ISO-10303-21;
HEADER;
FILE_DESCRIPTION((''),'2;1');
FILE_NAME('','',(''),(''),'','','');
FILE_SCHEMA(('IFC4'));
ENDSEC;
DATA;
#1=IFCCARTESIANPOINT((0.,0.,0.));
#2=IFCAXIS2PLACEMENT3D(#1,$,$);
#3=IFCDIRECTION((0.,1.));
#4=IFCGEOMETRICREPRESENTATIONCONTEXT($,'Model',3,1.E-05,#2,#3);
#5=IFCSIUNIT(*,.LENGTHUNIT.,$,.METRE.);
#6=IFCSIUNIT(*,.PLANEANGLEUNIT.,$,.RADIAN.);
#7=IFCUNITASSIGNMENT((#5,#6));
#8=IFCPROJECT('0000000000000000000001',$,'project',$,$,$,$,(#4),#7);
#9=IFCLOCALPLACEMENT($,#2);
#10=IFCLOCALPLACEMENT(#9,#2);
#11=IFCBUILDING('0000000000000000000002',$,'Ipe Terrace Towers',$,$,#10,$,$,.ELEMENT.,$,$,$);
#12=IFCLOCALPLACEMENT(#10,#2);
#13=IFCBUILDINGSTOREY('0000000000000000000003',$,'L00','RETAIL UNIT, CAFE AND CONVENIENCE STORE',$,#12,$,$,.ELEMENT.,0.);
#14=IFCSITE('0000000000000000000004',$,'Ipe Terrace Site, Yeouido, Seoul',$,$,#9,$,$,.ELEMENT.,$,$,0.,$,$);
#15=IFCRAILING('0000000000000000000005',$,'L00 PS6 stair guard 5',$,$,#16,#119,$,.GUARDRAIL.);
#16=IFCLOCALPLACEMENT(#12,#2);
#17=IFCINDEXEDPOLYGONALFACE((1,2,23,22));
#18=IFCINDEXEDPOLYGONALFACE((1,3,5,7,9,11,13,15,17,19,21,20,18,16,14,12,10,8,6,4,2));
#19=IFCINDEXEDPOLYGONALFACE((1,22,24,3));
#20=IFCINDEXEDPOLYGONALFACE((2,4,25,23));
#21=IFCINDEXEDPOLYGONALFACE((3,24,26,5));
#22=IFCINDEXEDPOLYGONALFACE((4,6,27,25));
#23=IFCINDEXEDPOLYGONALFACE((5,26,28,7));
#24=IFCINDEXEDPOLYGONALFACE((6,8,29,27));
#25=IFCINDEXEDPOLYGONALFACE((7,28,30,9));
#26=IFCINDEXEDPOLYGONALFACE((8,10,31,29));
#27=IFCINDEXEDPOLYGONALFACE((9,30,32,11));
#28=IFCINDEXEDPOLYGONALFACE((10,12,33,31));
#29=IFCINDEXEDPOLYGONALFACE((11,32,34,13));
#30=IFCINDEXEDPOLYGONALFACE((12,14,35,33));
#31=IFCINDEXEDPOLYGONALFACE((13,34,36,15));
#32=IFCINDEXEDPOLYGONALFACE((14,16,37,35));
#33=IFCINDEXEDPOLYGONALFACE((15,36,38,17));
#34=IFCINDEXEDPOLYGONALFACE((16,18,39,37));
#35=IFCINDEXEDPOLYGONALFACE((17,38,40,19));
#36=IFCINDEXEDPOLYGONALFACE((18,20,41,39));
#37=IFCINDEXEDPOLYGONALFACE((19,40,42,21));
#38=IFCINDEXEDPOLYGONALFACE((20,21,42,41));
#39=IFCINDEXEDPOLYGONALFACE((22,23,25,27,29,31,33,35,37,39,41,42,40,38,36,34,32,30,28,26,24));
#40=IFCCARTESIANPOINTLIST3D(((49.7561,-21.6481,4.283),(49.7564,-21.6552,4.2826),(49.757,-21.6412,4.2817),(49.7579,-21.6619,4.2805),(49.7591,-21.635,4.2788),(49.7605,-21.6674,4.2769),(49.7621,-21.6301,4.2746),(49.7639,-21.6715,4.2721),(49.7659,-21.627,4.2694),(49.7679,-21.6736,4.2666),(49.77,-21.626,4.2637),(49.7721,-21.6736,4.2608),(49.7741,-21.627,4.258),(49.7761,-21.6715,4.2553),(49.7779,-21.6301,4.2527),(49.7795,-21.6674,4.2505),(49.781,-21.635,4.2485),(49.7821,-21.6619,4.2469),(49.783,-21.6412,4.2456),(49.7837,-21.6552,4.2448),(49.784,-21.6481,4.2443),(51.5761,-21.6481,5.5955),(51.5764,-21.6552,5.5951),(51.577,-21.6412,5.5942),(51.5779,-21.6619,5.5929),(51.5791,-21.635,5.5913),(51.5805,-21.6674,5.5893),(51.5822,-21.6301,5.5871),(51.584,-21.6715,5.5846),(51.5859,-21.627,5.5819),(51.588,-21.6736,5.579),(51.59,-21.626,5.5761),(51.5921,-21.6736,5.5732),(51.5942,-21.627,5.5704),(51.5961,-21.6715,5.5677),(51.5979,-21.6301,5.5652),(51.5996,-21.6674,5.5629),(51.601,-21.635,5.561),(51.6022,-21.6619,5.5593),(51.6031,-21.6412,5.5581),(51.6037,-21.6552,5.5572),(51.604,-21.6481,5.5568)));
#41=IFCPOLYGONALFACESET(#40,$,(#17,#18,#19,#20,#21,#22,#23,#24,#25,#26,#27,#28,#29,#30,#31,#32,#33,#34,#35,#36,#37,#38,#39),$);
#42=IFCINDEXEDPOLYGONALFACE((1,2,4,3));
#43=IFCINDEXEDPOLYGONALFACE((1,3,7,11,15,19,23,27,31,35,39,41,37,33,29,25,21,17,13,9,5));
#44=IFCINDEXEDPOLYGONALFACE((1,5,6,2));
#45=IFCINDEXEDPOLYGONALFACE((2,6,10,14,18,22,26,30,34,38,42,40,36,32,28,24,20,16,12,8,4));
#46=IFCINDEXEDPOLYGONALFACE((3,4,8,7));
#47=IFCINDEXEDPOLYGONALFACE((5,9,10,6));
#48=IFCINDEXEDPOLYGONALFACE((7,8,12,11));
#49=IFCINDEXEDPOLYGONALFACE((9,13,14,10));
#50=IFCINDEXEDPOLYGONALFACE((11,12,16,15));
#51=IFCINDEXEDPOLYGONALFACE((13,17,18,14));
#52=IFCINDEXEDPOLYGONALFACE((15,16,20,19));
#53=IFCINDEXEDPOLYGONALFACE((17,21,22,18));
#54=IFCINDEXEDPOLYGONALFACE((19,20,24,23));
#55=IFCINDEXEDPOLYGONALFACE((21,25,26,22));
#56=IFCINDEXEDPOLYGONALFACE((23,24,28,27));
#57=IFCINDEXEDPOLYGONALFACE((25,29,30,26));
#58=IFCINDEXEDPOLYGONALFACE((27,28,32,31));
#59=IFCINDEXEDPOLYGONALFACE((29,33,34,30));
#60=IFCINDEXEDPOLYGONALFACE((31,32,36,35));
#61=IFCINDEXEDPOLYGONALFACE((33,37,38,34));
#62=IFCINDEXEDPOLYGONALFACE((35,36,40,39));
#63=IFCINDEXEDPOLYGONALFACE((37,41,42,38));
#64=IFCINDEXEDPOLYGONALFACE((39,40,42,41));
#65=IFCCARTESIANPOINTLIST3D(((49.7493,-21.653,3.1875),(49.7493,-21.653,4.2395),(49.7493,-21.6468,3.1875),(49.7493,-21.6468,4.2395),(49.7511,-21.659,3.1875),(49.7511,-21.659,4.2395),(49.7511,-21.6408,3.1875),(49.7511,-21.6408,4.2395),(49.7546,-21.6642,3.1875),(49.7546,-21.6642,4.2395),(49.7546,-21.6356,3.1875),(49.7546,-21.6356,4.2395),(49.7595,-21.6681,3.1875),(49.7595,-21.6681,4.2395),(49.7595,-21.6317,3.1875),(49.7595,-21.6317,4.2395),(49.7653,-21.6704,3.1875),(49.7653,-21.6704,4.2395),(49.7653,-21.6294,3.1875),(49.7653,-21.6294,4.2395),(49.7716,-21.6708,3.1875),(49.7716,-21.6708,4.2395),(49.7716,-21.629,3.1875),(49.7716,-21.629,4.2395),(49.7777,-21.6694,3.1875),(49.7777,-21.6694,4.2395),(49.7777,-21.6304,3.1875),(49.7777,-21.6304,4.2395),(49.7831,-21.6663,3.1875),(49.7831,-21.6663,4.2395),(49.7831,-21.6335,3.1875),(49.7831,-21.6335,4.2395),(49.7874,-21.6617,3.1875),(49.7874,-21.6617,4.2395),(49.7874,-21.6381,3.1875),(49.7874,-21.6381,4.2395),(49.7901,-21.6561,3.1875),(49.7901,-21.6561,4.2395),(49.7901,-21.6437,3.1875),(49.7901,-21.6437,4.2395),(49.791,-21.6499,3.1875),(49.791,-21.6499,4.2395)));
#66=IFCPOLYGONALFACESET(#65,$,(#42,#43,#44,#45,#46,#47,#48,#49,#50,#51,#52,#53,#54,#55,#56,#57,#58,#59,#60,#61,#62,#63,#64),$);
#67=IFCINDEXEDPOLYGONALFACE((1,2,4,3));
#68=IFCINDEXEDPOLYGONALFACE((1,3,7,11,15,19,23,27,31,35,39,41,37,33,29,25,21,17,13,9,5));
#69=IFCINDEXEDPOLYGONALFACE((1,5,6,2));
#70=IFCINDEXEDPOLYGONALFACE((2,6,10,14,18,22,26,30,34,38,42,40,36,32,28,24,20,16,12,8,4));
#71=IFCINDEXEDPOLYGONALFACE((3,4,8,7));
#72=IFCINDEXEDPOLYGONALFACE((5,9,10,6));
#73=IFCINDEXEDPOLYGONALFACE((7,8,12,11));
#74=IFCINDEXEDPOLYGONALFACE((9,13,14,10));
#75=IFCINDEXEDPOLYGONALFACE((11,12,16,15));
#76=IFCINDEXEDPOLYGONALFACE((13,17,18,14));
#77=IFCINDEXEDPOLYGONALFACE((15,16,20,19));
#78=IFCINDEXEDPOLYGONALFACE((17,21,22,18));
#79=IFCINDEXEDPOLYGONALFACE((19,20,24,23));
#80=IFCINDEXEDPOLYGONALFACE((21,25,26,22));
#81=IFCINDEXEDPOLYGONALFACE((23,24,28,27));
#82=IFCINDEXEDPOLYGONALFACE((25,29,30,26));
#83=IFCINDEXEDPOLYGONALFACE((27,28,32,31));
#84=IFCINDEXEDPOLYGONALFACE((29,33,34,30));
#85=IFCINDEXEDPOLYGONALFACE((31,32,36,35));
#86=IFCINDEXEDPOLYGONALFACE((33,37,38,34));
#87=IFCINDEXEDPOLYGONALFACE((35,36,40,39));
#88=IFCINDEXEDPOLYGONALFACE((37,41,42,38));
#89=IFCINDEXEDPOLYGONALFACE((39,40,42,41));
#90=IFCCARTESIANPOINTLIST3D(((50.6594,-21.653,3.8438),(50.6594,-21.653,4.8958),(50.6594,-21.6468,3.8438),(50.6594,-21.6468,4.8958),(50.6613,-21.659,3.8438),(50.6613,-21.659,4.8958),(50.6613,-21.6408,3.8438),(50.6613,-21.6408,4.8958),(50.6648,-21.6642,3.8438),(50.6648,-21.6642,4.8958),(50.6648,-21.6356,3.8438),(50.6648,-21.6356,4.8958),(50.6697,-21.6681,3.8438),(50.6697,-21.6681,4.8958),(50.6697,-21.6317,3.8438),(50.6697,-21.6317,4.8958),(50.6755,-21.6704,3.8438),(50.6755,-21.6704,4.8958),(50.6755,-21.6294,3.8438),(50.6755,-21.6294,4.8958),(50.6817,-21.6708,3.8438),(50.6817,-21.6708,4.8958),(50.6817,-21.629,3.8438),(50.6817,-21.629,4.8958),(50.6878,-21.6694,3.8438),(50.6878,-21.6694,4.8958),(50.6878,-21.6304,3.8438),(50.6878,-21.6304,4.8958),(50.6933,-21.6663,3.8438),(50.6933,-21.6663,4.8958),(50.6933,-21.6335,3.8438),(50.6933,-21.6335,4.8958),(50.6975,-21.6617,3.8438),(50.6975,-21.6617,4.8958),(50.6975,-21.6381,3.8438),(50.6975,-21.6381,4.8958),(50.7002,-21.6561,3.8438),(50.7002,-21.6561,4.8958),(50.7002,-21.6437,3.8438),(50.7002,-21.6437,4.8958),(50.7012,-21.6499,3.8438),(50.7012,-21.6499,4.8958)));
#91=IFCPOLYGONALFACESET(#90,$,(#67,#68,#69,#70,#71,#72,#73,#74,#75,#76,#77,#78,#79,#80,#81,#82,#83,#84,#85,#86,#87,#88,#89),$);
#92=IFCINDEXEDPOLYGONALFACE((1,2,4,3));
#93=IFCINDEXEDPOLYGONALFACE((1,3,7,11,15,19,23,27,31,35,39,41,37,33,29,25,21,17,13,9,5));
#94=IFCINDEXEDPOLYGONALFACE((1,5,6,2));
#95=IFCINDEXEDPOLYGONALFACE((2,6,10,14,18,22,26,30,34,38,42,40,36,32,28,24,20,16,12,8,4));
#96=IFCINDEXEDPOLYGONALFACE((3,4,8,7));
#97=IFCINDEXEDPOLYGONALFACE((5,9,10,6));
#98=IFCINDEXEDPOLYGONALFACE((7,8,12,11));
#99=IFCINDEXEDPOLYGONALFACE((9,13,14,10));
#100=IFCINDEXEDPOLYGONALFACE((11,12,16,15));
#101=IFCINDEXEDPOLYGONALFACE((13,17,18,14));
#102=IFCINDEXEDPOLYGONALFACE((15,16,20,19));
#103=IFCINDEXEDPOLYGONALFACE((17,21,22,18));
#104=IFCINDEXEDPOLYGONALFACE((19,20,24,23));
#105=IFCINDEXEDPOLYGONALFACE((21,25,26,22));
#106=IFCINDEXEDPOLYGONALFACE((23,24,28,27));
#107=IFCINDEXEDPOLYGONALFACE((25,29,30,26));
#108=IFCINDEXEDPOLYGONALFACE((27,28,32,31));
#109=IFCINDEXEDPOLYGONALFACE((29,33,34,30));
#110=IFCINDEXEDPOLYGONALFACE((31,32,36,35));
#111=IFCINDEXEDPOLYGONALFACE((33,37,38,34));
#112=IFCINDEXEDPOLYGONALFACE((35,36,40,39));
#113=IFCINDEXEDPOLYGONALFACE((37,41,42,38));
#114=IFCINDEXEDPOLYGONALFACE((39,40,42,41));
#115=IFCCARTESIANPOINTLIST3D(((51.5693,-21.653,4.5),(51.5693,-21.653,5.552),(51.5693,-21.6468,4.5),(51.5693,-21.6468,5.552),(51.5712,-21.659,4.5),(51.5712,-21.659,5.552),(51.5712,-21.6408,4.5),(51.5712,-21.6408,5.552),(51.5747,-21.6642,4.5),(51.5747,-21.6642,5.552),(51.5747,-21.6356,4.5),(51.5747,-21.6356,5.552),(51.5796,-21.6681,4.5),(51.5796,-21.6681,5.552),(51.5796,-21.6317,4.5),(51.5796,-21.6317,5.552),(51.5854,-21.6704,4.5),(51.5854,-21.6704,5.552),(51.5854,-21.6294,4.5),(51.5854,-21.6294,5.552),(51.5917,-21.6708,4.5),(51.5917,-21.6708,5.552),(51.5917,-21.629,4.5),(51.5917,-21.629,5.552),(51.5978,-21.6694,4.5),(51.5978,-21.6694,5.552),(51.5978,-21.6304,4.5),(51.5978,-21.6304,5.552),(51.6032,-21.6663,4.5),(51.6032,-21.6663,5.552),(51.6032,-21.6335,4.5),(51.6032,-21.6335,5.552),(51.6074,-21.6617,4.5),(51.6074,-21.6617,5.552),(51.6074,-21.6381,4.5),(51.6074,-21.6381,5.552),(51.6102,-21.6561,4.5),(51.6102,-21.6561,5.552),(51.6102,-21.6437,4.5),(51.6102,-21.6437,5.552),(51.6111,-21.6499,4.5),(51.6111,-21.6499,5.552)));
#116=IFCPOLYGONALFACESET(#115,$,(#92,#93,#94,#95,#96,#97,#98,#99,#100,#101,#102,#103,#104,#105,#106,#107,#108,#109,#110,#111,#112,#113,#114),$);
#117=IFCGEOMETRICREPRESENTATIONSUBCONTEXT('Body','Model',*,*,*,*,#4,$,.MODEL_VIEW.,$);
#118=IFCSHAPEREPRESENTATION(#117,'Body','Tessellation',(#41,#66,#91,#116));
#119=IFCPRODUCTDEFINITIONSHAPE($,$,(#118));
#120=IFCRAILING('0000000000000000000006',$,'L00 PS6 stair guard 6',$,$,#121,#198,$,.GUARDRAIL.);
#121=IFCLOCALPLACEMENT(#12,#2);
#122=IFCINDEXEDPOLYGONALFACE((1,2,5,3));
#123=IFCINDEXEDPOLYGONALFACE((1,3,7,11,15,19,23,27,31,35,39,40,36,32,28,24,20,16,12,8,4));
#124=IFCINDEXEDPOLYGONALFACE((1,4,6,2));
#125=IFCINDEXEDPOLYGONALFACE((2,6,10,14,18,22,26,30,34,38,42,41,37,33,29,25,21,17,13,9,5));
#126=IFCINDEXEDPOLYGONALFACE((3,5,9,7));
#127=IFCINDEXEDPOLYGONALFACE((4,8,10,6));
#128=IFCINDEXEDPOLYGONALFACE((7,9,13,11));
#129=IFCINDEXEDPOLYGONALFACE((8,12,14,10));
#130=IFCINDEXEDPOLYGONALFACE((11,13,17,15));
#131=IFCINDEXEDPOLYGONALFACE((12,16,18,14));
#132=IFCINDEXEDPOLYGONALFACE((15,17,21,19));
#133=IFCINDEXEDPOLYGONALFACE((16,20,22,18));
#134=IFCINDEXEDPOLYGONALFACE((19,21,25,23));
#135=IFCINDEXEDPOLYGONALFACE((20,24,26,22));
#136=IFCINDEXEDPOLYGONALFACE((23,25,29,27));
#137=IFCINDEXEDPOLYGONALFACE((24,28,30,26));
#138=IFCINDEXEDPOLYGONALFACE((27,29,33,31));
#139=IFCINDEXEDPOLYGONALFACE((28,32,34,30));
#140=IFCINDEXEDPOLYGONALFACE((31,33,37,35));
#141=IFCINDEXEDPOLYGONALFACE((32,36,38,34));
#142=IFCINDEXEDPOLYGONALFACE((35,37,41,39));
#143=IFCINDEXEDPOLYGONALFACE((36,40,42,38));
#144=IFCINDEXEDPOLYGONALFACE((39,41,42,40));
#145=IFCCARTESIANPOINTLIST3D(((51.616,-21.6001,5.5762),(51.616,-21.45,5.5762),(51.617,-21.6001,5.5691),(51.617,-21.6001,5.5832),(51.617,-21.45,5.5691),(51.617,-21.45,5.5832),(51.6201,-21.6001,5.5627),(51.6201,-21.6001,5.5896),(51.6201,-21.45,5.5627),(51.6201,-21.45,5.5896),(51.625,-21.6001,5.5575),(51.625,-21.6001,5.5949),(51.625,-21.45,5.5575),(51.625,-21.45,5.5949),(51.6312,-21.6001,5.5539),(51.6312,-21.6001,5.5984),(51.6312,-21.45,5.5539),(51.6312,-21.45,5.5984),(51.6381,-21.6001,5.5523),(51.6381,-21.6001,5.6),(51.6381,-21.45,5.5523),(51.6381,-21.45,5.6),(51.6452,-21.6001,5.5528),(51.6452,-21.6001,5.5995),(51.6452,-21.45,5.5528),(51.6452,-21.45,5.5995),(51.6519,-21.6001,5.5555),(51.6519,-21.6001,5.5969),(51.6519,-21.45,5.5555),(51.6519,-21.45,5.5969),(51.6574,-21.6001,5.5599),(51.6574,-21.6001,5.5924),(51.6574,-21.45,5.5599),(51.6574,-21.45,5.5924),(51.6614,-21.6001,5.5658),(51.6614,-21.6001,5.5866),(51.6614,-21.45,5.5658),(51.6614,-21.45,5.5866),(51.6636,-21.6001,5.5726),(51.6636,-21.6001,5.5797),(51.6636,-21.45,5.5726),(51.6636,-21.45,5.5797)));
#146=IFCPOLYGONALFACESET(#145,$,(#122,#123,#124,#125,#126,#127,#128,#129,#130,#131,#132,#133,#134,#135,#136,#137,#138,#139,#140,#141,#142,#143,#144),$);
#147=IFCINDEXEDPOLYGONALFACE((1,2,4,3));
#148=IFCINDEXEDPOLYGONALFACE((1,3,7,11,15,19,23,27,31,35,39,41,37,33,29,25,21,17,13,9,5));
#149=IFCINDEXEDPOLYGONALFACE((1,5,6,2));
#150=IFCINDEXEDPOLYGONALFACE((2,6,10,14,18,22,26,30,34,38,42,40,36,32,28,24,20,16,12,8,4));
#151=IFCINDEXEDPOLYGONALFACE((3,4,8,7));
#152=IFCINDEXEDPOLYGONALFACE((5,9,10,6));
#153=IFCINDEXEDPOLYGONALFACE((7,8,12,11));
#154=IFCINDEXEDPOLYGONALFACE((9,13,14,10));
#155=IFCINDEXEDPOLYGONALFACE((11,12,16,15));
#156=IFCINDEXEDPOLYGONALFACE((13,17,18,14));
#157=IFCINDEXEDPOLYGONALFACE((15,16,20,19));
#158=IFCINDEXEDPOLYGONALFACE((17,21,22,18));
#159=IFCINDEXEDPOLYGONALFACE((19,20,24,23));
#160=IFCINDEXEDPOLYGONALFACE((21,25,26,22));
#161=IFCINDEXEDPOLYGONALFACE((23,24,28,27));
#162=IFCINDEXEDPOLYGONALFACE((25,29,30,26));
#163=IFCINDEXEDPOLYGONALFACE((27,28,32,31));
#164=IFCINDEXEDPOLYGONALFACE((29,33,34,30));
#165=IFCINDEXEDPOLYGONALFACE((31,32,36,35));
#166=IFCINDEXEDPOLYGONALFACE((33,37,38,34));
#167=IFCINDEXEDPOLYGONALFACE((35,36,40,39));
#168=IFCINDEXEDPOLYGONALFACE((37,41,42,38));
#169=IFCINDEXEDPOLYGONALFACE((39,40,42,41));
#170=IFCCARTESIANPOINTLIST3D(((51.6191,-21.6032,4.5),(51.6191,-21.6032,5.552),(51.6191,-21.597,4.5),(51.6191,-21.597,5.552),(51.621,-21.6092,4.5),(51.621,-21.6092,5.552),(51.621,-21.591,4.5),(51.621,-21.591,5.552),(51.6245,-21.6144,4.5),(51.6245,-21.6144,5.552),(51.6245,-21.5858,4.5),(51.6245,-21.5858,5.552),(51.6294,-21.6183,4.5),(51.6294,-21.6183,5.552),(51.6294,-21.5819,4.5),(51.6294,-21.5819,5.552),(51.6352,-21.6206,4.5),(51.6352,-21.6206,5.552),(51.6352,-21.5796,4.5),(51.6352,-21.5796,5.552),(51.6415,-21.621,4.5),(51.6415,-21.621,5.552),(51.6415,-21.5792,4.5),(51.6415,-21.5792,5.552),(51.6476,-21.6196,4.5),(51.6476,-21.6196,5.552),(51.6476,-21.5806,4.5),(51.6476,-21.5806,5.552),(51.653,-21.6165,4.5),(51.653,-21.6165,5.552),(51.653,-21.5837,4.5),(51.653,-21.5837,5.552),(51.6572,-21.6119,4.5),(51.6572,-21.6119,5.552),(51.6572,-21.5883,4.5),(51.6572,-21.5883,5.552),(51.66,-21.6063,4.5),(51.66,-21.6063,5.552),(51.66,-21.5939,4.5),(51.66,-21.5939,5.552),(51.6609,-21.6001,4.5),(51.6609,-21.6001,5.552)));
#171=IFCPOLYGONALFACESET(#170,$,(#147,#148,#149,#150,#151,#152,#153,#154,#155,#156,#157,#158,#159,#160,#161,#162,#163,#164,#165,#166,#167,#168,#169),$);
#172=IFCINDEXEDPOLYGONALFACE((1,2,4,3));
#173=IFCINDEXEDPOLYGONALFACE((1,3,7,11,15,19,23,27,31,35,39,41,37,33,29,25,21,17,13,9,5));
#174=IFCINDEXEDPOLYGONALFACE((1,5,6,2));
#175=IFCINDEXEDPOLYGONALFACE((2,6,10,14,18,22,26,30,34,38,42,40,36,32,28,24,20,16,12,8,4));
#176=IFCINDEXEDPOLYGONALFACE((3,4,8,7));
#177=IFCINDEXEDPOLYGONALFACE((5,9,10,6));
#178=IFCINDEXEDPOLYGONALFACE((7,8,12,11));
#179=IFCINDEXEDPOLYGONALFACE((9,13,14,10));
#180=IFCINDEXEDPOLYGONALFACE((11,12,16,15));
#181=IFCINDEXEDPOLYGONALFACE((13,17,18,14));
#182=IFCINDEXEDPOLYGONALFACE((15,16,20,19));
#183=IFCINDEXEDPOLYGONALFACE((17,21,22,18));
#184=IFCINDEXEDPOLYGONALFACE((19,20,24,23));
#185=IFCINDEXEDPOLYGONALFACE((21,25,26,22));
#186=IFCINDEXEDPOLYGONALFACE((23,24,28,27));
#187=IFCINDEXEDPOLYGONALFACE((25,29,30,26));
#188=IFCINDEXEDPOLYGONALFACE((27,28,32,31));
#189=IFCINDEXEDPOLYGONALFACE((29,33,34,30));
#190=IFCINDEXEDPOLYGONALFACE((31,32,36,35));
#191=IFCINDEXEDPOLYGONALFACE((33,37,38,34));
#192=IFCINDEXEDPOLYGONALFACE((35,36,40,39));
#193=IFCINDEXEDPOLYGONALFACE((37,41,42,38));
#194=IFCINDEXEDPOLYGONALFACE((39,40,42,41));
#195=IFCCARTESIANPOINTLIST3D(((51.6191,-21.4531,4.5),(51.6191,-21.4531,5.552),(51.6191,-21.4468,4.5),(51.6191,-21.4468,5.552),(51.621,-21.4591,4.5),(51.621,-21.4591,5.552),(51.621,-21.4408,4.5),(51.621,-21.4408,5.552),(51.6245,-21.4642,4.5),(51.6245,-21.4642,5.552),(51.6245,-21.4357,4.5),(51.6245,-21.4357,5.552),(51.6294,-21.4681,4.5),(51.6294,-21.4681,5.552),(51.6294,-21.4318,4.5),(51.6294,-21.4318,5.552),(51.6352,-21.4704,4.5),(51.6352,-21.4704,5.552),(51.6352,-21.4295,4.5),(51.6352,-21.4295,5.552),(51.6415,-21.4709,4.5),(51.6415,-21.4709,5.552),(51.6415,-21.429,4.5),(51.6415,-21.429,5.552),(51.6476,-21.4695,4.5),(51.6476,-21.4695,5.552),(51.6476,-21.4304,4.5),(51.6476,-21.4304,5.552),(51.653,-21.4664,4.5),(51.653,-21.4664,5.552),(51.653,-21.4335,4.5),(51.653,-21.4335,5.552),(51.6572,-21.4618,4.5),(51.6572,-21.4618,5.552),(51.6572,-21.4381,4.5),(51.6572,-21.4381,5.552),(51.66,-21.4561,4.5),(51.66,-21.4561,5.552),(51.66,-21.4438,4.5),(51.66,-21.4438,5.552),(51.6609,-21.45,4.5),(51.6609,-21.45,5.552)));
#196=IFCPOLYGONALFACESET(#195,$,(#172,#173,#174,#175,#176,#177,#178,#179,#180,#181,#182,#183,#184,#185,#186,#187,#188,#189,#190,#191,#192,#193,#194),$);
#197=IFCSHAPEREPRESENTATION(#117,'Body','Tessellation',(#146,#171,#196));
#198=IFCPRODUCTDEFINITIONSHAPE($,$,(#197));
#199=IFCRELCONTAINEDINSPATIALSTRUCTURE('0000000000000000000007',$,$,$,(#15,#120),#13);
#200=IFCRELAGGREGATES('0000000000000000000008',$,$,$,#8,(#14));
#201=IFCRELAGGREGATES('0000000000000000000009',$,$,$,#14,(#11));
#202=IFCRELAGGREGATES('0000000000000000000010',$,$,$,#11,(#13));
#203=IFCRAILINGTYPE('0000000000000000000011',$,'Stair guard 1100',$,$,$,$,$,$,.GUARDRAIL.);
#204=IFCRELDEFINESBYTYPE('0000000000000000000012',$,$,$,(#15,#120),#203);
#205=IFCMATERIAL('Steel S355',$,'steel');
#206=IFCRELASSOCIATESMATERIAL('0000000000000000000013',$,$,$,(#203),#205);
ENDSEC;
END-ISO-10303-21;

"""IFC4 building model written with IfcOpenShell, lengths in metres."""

from ifc_helpers import new_model, si_unit, direction, frame, origin, origin_2d, place, context, subcontext, project, spatial, circle, extrude, material, type_object, element, save


model = new_model("IFC4")

# Units and contexts
model_context = context("Model", 3, precision=1e-05, world=origin(), true_north=direction((0.0, 1.0)))
body_context = subcontext(model_context, "Body", "Model", "MODEL_VIEW")
ifc_project = project(units=[si_unit("LENGTHUNIT", "METRE"), si_unit("PLANEANGLEUNIT", "RADIAN")], contexts=[model_context])

# Site, building, storey
site_placement = place(None, origin())
site = spatial("IfcSite", under=ifc_project, at=site_placement, Name="Ipe Terrace Site, Yeouido, Seoul", CompositionType="ELEMENT", RefElevation=0.0)
building_placement = place(site_placement, origin())
building = spatial("IfcBuilding", under=site, at=building_placement, Name="Ipe Terrace Towers", CompositionType="ELEMENT")
storey_placement = place(building_placement, origin())
storey = spatial("IfcBuildingStorey", under=building, at=storey_placement, Name="L00", Description="RETAIL UNIT, CAFE AND CONVENIENCE STORE", CompositionType="ELEMENT", Elevation=0.0)

# Railings
ifc_material_1 = material(Name="Steel S355", Category="steel")
railing_type_1 = type_object("IfcRailingType", Name="Stair guard 1100", PredefinedType="GUARDRAIL", material=ifc_material_1)
railing_1_placement = place(storey_placement, frame((49.77, -21.6499, 3.1875)))
element("IfcRailing", 1, at=railing_1_placement, inside=storey, type_object=railing_type_1, Name="L00 PS6 stair guard 5", PredefinedType="GUARDRAIL", context=body_context, shape_type="SweptSolid", body=[
    extrude(circle(Radius=0.0239, at=origin_2d()), frame((0.0, 0.0, 1.0762), z_axis=(0.811101, 0.0, 0.584906), x_axis=(0.0, 1.0, 0.0)), (0.0, 0.0, 1.0), 2.2439),
    extrude(circle(Radius=0.021, at=origin_2d()), origin(), (0.0, 0.0, 1.0), 1.052),
    extrude(circle(Radius=0.021, at=origin_2d()), frame((0.9102, 0.0, 0.6562)), (0.0, 0.0, 1.0), 1.052),
    extrude(circle(Radius=0.021, at=origin_2d()), frame((1.8201, 0.0, 1.3125)), (0.0, 0.0, 1.0), 1.052),
])
railing_2_placement = place(storey_placement, frame((51.6399, -21.6001, 4.5)))
element("IfcRailing", 2, at=railing_2_placement, inside=storey, type_object=railing_type_1, Name="L00 PS6 stair guard 6", PredefinedType="GUARDRAIL", context=body_context, shape_type="SweptSolid", body=[
    extrude(circle(Radius=0.0239, at=origin_2d()), frame((0.0, 0.0, 1.0762), z_axis=(0.0, 1.0, 0.0), x_axis=(-1.0, 0.0, 0.0)), (0.0, 0.0, 1.0), 0.1501),
    extrude(circle(Radius=0.021, at=origin_2d()), origin(), (0.0, 0.0, 1.0), 1.052),
    extrude(circle(Radius=0.021, at=origin_2d()), frame((0.0, 0.1501, 0.0)), (0.0, 0.0, 1.0), 1.052),
])

save(model, "model.ifc")
